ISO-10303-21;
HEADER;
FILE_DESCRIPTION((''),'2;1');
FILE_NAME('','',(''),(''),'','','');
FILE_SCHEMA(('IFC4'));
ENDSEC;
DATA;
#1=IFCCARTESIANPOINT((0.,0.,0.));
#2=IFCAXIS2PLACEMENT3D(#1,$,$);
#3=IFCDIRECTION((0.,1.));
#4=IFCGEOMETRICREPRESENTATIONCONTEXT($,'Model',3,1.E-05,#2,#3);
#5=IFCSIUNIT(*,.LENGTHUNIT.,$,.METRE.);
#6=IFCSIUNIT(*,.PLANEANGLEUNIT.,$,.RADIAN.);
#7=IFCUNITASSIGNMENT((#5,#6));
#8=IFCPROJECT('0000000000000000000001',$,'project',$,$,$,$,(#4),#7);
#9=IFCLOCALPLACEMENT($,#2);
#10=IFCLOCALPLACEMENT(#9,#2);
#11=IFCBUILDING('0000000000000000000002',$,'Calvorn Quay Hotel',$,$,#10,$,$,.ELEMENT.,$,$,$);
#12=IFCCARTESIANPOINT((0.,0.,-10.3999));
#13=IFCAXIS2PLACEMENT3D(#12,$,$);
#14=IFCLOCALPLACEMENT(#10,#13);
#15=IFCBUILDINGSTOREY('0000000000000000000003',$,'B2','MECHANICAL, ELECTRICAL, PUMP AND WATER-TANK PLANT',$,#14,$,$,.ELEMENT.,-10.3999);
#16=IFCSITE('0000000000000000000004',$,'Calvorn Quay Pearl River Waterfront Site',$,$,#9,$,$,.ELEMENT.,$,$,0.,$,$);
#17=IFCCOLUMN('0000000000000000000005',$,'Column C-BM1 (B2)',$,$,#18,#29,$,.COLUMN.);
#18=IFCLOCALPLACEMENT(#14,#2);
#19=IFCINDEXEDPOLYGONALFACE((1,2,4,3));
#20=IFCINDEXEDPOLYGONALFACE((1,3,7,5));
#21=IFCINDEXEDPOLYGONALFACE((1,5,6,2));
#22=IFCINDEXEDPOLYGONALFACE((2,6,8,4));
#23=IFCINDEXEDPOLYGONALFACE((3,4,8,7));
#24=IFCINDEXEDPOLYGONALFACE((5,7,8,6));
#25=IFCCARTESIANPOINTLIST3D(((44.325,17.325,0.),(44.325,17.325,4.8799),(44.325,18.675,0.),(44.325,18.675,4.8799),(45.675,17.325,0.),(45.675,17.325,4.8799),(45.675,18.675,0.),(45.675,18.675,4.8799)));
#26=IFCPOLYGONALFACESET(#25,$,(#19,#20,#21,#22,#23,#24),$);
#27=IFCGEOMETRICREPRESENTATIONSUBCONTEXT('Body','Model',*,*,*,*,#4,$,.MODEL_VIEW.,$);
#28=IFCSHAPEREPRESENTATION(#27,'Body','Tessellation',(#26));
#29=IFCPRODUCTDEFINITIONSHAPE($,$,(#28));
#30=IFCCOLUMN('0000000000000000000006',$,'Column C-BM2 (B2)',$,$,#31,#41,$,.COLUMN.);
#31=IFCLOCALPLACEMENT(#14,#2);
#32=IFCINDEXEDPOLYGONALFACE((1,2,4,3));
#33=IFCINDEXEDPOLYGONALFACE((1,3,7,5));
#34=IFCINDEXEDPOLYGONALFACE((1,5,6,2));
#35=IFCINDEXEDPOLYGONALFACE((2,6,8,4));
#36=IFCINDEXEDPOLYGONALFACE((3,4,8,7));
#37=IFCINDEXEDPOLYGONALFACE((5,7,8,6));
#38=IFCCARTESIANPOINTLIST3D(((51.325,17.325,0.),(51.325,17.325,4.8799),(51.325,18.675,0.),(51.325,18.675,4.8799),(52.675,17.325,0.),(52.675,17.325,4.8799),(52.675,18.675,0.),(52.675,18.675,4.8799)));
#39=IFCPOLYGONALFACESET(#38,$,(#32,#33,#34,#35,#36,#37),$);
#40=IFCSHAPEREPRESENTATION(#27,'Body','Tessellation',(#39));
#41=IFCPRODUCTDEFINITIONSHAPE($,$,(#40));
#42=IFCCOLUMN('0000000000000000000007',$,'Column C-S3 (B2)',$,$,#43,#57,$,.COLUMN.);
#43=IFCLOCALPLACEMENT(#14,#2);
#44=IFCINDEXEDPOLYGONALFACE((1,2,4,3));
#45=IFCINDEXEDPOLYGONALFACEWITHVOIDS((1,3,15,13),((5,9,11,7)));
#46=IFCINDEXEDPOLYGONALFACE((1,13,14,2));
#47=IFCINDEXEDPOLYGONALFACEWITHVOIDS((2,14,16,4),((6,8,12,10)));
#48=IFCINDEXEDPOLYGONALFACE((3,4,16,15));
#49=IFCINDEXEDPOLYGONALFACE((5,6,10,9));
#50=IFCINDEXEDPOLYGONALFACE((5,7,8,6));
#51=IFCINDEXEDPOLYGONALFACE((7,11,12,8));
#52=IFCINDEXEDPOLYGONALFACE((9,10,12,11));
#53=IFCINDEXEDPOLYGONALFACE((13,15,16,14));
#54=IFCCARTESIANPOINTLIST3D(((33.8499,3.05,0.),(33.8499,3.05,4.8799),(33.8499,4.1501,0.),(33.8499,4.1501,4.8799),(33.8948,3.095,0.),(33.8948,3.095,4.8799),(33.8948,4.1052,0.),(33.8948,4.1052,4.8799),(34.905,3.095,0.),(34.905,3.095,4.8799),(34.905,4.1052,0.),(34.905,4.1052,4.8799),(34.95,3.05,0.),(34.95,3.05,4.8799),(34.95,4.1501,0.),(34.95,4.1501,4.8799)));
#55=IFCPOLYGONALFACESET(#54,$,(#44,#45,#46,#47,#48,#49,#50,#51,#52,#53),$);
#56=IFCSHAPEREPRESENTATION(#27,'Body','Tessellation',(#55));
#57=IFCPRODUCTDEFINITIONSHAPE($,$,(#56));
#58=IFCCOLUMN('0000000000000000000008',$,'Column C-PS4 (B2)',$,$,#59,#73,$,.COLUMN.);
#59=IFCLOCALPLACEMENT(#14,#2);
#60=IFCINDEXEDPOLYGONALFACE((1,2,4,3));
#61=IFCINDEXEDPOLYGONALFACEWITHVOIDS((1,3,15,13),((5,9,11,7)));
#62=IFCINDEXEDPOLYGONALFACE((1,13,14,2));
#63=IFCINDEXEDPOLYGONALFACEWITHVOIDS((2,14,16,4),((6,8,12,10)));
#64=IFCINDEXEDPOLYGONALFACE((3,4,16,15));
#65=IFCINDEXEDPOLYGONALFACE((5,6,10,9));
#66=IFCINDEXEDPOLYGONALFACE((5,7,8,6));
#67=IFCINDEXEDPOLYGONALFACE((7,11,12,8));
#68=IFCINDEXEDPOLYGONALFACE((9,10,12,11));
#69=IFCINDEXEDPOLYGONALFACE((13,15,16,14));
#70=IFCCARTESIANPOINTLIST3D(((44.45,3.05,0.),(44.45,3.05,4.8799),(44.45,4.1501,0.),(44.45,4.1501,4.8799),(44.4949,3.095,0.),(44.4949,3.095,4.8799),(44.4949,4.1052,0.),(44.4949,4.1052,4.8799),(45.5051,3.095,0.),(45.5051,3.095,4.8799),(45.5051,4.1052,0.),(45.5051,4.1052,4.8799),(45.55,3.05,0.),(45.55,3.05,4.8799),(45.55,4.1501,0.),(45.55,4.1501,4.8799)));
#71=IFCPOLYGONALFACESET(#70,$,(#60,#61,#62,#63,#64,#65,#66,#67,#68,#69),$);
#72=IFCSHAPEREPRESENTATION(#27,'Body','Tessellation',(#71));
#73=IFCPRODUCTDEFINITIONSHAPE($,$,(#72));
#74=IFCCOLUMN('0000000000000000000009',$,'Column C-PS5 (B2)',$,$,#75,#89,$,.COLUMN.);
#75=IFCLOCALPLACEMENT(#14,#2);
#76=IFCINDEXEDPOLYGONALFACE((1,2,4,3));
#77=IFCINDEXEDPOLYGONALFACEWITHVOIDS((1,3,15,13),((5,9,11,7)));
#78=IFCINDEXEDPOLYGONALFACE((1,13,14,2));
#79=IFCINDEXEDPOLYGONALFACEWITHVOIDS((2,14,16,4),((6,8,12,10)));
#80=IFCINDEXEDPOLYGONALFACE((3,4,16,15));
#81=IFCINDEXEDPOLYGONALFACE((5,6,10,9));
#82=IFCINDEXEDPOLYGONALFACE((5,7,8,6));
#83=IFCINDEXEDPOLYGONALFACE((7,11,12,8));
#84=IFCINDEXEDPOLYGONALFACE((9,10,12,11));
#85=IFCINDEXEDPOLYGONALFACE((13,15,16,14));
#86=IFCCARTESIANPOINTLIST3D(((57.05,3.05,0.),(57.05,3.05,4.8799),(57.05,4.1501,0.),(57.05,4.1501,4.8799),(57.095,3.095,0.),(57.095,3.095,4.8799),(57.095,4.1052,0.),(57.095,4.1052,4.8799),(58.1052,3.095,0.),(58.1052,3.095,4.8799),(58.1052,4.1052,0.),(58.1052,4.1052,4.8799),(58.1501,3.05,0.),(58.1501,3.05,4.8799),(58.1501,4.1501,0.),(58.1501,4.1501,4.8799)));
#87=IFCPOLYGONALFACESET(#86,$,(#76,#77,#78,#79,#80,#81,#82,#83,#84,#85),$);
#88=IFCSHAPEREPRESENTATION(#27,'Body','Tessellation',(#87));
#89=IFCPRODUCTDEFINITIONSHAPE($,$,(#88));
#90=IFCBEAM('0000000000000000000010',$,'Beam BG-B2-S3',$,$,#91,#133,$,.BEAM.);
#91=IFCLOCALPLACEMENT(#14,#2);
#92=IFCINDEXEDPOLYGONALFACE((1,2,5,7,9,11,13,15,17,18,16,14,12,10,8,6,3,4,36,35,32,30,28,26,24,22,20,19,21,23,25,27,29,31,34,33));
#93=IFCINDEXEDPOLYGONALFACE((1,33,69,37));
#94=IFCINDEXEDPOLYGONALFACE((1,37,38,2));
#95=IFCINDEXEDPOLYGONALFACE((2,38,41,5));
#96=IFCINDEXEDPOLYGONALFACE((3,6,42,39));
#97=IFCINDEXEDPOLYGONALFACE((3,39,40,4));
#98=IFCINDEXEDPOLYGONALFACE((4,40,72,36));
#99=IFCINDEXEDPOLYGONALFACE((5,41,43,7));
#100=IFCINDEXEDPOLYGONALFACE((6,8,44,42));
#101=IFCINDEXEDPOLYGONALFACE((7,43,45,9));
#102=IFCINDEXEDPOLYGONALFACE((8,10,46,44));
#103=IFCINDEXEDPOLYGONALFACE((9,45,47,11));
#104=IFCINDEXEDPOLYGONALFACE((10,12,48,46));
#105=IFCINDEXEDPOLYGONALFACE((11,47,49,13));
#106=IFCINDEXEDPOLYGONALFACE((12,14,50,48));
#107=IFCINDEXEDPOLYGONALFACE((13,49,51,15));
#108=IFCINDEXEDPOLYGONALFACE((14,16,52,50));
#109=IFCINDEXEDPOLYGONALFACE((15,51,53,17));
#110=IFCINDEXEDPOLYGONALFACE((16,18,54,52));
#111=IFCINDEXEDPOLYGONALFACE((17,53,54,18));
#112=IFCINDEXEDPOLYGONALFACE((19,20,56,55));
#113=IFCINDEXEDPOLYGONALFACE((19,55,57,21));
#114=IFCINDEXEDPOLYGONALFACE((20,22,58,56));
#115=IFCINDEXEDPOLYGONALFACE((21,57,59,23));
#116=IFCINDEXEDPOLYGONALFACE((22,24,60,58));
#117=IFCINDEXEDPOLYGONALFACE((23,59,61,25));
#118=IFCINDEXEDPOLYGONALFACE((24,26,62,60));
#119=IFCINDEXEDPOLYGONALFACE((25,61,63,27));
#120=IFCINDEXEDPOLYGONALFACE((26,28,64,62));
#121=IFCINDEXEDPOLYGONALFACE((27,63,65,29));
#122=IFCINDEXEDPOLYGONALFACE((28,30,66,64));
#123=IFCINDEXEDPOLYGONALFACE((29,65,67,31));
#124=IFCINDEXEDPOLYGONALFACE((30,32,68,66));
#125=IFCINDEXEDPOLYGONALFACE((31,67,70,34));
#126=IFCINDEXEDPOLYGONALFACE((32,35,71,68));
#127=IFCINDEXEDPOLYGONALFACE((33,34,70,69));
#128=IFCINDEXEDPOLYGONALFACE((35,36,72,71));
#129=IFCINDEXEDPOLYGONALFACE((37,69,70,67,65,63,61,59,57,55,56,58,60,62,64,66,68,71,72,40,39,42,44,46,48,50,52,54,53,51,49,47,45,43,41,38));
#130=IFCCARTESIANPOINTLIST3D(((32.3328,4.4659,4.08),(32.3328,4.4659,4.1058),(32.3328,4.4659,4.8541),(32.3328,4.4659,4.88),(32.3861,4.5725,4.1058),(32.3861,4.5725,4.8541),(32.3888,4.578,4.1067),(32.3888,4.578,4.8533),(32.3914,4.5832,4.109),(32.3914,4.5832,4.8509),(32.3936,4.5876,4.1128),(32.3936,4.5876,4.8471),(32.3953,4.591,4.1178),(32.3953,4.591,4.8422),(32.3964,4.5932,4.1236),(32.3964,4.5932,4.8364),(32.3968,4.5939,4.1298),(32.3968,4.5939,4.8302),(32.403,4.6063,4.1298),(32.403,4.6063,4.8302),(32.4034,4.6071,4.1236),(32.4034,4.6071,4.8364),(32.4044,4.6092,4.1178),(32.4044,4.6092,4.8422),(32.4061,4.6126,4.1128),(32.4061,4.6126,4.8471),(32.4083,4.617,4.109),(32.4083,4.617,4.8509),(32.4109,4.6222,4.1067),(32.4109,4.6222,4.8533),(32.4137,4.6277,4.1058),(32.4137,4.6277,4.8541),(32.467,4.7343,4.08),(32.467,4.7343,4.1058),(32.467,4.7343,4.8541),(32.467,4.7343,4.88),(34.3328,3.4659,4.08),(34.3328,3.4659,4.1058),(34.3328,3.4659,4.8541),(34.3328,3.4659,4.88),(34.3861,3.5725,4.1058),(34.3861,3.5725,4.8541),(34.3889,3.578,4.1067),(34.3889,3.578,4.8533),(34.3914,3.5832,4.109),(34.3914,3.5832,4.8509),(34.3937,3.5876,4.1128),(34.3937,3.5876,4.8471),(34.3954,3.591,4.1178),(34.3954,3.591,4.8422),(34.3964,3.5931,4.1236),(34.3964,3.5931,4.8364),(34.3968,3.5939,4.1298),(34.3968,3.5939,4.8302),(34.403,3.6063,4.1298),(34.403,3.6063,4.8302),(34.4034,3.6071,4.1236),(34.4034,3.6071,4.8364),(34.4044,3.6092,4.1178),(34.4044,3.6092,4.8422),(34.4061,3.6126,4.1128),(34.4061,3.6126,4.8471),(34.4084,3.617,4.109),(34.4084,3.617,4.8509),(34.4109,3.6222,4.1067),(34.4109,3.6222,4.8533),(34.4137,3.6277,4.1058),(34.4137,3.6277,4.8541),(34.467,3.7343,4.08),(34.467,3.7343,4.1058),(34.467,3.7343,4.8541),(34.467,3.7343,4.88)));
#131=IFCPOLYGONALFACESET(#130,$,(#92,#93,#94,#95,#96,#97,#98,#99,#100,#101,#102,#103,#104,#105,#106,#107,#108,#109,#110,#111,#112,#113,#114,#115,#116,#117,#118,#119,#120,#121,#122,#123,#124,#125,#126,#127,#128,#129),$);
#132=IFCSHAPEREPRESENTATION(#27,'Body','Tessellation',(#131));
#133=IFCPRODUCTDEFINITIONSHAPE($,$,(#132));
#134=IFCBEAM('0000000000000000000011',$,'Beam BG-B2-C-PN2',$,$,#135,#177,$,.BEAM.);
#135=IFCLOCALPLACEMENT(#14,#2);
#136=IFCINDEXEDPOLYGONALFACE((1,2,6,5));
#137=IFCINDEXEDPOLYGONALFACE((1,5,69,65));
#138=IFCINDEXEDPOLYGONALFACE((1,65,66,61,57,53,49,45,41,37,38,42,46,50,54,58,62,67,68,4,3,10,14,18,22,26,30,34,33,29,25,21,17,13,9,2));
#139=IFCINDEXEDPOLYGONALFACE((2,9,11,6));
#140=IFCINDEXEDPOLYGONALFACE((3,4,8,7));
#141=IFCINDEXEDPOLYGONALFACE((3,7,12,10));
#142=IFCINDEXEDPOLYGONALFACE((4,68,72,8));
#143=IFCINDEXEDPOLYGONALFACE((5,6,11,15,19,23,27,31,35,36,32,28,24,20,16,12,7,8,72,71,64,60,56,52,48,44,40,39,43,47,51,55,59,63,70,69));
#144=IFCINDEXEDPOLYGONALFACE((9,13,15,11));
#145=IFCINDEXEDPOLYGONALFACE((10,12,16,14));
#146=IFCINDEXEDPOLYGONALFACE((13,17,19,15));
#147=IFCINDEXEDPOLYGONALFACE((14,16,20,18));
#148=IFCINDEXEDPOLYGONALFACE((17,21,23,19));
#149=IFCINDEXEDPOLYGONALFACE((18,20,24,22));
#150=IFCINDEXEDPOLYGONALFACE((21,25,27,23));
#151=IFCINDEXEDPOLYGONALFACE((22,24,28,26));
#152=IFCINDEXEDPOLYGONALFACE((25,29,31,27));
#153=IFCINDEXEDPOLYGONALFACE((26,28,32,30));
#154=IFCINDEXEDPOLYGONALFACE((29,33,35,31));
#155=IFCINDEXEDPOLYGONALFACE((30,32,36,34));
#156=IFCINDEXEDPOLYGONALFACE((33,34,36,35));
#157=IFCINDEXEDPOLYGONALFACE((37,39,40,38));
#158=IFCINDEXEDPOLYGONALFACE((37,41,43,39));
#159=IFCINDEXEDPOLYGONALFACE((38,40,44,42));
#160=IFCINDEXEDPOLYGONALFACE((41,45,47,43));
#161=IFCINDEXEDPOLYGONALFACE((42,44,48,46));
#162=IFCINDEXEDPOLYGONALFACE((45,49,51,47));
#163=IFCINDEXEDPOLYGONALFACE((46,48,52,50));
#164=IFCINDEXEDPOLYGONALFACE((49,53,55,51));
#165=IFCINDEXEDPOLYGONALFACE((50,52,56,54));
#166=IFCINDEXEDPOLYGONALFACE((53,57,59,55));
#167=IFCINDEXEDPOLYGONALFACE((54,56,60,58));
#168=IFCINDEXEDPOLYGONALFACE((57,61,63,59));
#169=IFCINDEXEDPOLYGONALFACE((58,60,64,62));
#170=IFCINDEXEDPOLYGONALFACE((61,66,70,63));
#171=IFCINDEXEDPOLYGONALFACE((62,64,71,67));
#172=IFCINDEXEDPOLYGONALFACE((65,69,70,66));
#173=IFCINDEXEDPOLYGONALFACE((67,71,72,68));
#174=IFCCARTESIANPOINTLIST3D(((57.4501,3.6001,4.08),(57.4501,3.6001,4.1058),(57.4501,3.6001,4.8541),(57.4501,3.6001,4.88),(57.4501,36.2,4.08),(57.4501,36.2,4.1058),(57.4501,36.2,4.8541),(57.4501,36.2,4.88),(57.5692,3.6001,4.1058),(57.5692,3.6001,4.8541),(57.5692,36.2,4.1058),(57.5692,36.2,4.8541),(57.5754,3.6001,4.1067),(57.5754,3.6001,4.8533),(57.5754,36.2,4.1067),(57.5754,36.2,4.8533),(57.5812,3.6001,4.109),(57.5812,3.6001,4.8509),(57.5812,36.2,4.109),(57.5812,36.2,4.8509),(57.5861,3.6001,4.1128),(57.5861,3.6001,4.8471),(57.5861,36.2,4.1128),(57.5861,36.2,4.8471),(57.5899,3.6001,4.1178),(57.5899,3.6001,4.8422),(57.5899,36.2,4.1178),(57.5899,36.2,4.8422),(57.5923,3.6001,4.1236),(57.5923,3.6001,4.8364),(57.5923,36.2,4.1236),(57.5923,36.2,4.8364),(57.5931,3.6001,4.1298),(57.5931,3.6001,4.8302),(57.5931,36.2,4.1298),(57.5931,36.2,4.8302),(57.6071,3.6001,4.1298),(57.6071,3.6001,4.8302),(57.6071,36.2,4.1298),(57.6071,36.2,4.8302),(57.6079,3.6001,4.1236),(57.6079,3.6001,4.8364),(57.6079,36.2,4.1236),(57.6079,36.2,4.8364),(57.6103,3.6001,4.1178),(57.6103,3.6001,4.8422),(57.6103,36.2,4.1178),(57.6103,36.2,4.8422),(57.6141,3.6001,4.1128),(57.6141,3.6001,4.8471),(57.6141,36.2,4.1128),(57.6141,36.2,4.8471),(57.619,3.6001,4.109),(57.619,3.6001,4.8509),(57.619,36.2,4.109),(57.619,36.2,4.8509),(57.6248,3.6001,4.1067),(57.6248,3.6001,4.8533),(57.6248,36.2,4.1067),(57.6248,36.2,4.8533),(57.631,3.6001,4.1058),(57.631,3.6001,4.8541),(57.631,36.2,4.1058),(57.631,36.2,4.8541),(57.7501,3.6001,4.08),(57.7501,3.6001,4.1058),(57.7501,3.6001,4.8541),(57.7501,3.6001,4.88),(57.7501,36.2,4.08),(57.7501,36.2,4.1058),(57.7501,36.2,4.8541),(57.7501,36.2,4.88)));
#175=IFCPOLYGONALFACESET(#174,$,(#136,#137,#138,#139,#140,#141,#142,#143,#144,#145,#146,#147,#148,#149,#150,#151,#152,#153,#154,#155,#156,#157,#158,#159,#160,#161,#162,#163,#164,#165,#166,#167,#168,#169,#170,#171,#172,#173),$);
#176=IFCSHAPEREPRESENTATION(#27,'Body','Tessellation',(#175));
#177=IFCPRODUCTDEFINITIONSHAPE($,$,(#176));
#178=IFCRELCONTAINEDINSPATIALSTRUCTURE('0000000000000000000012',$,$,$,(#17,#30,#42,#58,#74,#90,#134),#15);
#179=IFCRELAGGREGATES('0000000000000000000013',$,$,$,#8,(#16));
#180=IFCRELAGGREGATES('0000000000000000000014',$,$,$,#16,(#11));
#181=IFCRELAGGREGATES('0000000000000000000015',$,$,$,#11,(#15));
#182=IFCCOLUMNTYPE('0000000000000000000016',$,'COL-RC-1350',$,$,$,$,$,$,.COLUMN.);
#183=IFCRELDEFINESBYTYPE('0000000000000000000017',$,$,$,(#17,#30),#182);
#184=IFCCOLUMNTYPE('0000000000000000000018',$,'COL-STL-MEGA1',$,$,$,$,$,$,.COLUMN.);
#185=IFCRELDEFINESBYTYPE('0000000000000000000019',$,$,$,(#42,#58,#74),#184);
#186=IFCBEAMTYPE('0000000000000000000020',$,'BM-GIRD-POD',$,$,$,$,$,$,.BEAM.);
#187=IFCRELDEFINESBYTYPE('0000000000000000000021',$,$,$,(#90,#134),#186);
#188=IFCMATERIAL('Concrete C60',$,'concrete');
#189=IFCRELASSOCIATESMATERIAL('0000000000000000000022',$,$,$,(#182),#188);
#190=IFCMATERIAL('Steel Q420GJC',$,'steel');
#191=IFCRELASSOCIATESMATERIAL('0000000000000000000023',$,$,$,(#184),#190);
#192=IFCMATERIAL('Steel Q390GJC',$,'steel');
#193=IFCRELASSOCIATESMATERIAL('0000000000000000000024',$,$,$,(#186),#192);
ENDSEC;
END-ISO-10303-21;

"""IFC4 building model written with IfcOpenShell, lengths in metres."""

from ifc_helpers import new_model, si_unit, direction, frame, origin, origin_2d, place, context, subcontext, project, spatial, rectangle, hollow_rectangle, i_section, extrude, material, material_profile, profile_set, type_object, element, save


model = new_model("IFC4")

# Units and contexts
model_context = context("Model", 3, precision=1e-05, world=origin(), true_north=direction((0.0, 1.0)))
body_context = subcontext(model_context, "Body", "Model", "MODEL_VIEW")
ifc_project = project(units=[si_unit("LENGTHUNIT", "METRE"), si_unit("PLANEANGLEUNIT", "RADIAN")], contexts=[model_context])

# Site, building, storey
site_placement = place(None, origin())
site = spatial("IfcSite", under=ifc_project, at=site_placement, Name="Calvorn Quay Pearl River Waterfront Site", CompositionType="ELEMENT", RefElevation=0.0)
building_placement = place(site_placement, origin())
building = spatial("IfcBuilding", under=site, at=building_placement, Name="Calvorn Quay Hotel", CompositionType="ELEMENT")
storey_placement = place(building_placement, frame((0.0, 0.0, -10.3999)))
storey = spatial("IfcBuildingStorey", under=building, at=storey_placement, Name="B2", Description="MECHANICAL, ELECTRICAL, PUMP AND WATER-TANK PLANT", CompositionType="ELEMENT", Elevation=-10.3999)

# Columns
ifc_material_1 = material(Name="Concrete C60", Category="concrete")
ifc_material_profile_1 = material_profile(ifc_material_1, rectangle(XDim=1.3501, YDim=1.3501, at=origin_2d()), Name="RC1350x1350")
ifc_profile_set_1 = profile_set([ifc_material_profile_1], Name="Concrete C60")
column_type_1 = type_object("IfcColumnType", Name="COL-RC-1350", PredefinedType="COLUMN", material=ifc_profile_set_1)
for number, where, z_axis, x_axis, name in (
    (1, (45.0, 18.0, 0.0), (0.0, 0.0, 1.0), (1.0, 0.0, 0.0), "Column C-BM1 (B2)"),
    (2, (52.0, 18.0, 0.0), (0.0, 0.0, 1.0), (1.0, 0.0, 0.0), "Column C-BM2 (B2)"),
):
    element("IfcColumn", number, at=place(storey_placement, frame(where, z_axis=z_axis, x_axis=x_axis)), inside=storey, type_object=column_type_1, Name=name, PredefinedType="COLUMN", context=body_context, shape_type="SweptSolid", body=[
        extrude(rectangle(XDim=1.3501, YDim=1.3501, at=origin_2d()), origin(), (0.0, 0.0, 1.0), 4.8799),
    ])
ifc_material_2 = material(Name="Steel Q420GJC", Category="steel")
ifc_material_profile_2 = material_profile(ifc_material_2, hollow_rectangle(XDim=1.1001, YDim=1.1001, WallThickness=0.0449, at=origin_2d()), Name="BOX1100x1100x45")
ifc_profile_set_2 = profile_set([ifc_material_profile_2], Name="Steel Q420GJC")
column_type_2 = type_object("IfcColumnType", Name="COL-STL-MEGA1", PredefinedType="COLUMN", material=ifc_profile_set_2)
for number, where, z_axis, x_axis, name in (
    (3, (34.3999, 3.6001, 0.0), (0.0, 0.0, 1.0), (1.0, 0.0, 0.0), "Column C-S3 (B2)"),
    (4, (45.0, 3.6001, 0.0), (0.0, 0.0, 1.0), (1.0, 0.0, 0.0), "Column C-PS4 (B2)"),
    (5, (57.6001, 3.6001, 0.0), (0.0, 0.0, 1.0), (1.0, 0.0, 0.0), "Column C-PS5 (B2)"),
):
    element("IfcColumn", number, at=place(storey_placement, frame(where, z_axis=z_axis, x_axis=x_axis)), inside=storey, type_object=column_type_2, Name=name, PredefinedType="COLUMN", context=body_context, shape_type="SweptSolid", body=[
        extrude(hollow_rectangle(XDim=1.1001, YDim=1.1001, WallThickness=0.0449, at=origin_2d()), origin(), (0.0, 0.0, 1.0), 4.8799),
    ])

# Beams
ifc_material_3 = material(Name="Steel Q390GJC", Category="steel")
ifc_material_profile_3 = material_profile(ifc_material_3, i_section(OverallWidth=0.3, OverallDepth=0.8, WebThickness=0.0139, FlangeThickness=0.0259, FilletRadius=0.0239, at=origin_2d()), Name="HN800x300x14x26")
ifc_profile_set_3 = profile_set([ifc_material_profile_3], Name="Steel Q390GJC")
beam_type_1 = type_object("IfcBeamType", Name="BM-GIRD-POD", PredefinedType="BEAM", material=ifc_profile_set_3)
beam_1_placement = place(storey_placement, frame((34.3999, 3.6001, 4.48), z_axis=(-0.894427, 0.447214, 0.0), x_axis=(-0.447214, -0.894427, 0.0)))
element("IfcBeam", 6, at=beam_1_placement, inside=storey, type_object=beam_type_1, Name="Beam BG-B2-S3", PredefinedType="BEAM", context=body_context, shape_type="SweptSolid", body=[
    extrude(i_section(OverallWidth=0.3, OverallDepth=0.8, WebThickness=0.0139, FlangeThickness=0.0259, FilletRadius=0.0239, at=origin_2d()), origin(), (0.0, 0.0, 1.0), 2.2361),
])
beam_2_placement = place(storey_placement, frame((57.6001, 3.6001, 4.48), z_axis=(0.0, 1.0, 0.0), x_axis=(-1.0, 0.0, 0.0)))
element("IfcBeam", 7, at=beam_2_placement, inside=storey, type_object=beam_type_1, Name="Beam BG-B2-C-PN2", PredefinedType="BEAM", context=body_context, shape_type="SweptSolid", body=[
    extrude(i_section(OverallWidth=0.3, OverallDepth=0.8, WebThickness=0.0139, FlangeThickness=0.0259, FilletRadius=0.0239, at=origin_2d()), origin(), (0.0, 0.0, 1.0), 32.5999),
])

save(model, "model.ifc")
